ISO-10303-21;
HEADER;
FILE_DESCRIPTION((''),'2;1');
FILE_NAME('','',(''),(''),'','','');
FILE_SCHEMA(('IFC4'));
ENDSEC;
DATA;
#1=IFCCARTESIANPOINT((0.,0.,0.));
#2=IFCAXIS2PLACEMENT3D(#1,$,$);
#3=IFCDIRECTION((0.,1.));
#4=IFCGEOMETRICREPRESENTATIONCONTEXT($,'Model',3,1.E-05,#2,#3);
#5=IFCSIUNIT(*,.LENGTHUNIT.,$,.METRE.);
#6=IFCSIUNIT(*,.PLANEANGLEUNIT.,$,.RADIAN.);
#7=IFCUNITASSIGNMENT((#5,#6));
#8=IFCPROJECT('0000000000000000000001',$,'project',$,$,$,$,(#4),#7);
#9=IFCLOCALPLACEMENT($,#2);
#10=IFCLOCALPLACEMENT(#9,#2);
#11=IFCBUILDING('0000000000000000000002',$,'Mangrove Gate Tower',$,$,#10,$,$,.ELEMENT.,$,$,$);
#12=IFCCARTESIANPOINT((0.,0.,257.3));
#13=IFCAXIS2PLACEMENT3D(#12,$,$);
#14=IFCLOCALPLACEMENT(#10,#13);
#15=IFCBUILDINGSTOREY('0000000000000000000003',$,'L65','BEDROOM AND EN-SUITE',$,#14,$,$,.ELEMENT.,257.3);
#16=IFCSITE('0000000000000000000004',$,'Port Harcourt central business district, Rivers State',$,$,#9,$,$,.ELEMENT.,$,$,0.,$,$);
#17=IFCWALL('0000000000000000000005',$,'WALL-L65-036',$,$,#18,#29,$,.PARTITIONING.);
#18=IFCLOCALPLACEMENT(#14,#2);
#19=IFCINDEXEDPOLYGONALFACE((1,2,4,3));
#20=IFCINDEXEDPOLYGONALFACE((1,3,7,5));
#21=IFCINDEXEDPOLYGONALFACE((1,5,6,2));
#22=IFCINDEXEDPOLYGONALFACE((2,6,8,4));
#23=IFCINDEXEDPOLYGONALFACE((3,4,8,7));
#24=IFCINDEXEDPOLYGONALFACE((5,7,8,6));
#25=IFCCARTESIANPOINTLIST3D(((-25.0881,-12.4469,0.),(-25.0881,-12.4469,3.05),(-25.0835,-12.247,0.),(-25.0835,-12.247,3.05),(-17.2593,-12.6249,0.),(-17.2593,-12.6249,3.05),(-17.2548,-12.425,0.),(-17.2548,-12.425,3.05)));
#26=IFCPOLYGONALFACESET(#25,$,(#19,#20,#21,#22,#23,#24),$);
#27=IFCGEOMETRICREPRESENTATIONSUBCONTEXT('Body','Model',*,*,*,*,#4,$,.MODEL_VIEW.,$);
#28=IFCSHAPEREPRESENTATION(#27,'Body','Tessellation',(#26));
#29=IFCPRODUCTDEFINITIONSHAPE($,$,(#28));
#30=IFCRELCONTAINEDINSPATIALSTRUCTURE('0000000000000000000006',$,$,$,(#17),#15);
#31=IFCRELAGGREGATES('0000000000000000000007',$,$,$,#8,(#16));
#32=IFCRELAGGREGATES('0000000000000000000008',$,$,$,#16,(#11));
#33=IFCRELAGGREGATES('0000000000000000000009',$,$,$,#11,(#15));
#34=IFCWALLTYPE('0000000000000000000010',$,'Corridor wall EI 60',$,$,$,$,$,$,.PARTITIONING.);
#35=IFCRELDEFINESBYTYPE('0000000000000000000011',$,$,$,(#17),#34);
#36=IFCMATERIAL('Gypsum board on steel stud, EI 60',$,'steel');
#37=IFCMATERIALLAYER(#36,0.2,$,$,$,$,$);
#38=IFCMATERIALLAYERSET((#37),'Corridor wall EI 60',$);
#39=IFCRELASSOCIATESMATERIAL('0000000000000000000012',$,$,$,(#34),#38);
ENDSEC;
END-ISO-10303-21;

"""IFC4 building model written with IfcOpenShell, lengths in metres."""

from ifc_helpers import new_model, si_unit, direction, frame, frame_2d, origin, place, context, subcontext, project, spatial, rectangle, extrude, material, layer, layer_set, type_object, element, save


model = new_model("IFC4")

# Units and contexts
model_context = context("Model", 3, precision=1e-05, world=origin(), true_north=direction((0.0, 1.0)))
body_context = subcontext(model_context, "Body", "Model", "MODEL_VIEW")
ifc_project = project(units=[si_unit("LENGTHUNIT", "METRE"), si_unit("PLANEANGLEUNIT", "RADIAN")], contexts=[model_context])

# Site, building, storey
site_placement = place(None, origin())
site = spatial("IfcSite", under=ifc_project, at=site_placement, Name="Port Harcourt central business district, Rivers State", CompositionType="ELEMENT", RefElevation=0.0)
building_placement = place(site_placement, origin())
building = spatial("IfcBuilding", under=site, at=building_placement, Name="Mangrove Gate Tower", CompositionType="ELEMENT")
storey_placement = place(building_placement, frame((0.0, 0.0, 257.3)))
storey = spatial("IfcBuildingStorey", under=building, at=storey_placement, Name="L65", Description="BEDROOM AND EN-SUITE", CompositionType="ELEMENT", Elevation=257.3)

# Shared definitions
ifc_material_1 = material(Name="Gypsum board on steel stud, EI 60", Category="steel")
ifc_layer = layer(ifc_material_1, 0.2)
ifc_layer_set = layer_set([ifc_layer], Name="Corridor wall EI 60")
wall_type = type_object("IfcWallType", Name="Corridor wall EI 60", PredefinedType="PARTITIONING", material=ifc_layer_set)

# Wall
wall_1_placement = place(storey_placement, frame((-25.0859, -12.3469, 0.0), z_axis=(0.0, 0.0, 1.0), x_axis=(0.999742, -0.022728, 0.0)))
element("IfcWall", 1, at=wall_1_placement, inside=storey, type_object=wall_type, Name="WALL-L65-036", PredefinedType="PARTITIONING", context=body_context, shape_type="SweptSolid", body=[
    extrude(rectangle(XDim=7.8308, YDim=0.2, at=frame_2d((3.9155, 0.0))), origin(), (0.0, 0.0, 1.0), 3.05),
])

save(model, "model.ifc")
